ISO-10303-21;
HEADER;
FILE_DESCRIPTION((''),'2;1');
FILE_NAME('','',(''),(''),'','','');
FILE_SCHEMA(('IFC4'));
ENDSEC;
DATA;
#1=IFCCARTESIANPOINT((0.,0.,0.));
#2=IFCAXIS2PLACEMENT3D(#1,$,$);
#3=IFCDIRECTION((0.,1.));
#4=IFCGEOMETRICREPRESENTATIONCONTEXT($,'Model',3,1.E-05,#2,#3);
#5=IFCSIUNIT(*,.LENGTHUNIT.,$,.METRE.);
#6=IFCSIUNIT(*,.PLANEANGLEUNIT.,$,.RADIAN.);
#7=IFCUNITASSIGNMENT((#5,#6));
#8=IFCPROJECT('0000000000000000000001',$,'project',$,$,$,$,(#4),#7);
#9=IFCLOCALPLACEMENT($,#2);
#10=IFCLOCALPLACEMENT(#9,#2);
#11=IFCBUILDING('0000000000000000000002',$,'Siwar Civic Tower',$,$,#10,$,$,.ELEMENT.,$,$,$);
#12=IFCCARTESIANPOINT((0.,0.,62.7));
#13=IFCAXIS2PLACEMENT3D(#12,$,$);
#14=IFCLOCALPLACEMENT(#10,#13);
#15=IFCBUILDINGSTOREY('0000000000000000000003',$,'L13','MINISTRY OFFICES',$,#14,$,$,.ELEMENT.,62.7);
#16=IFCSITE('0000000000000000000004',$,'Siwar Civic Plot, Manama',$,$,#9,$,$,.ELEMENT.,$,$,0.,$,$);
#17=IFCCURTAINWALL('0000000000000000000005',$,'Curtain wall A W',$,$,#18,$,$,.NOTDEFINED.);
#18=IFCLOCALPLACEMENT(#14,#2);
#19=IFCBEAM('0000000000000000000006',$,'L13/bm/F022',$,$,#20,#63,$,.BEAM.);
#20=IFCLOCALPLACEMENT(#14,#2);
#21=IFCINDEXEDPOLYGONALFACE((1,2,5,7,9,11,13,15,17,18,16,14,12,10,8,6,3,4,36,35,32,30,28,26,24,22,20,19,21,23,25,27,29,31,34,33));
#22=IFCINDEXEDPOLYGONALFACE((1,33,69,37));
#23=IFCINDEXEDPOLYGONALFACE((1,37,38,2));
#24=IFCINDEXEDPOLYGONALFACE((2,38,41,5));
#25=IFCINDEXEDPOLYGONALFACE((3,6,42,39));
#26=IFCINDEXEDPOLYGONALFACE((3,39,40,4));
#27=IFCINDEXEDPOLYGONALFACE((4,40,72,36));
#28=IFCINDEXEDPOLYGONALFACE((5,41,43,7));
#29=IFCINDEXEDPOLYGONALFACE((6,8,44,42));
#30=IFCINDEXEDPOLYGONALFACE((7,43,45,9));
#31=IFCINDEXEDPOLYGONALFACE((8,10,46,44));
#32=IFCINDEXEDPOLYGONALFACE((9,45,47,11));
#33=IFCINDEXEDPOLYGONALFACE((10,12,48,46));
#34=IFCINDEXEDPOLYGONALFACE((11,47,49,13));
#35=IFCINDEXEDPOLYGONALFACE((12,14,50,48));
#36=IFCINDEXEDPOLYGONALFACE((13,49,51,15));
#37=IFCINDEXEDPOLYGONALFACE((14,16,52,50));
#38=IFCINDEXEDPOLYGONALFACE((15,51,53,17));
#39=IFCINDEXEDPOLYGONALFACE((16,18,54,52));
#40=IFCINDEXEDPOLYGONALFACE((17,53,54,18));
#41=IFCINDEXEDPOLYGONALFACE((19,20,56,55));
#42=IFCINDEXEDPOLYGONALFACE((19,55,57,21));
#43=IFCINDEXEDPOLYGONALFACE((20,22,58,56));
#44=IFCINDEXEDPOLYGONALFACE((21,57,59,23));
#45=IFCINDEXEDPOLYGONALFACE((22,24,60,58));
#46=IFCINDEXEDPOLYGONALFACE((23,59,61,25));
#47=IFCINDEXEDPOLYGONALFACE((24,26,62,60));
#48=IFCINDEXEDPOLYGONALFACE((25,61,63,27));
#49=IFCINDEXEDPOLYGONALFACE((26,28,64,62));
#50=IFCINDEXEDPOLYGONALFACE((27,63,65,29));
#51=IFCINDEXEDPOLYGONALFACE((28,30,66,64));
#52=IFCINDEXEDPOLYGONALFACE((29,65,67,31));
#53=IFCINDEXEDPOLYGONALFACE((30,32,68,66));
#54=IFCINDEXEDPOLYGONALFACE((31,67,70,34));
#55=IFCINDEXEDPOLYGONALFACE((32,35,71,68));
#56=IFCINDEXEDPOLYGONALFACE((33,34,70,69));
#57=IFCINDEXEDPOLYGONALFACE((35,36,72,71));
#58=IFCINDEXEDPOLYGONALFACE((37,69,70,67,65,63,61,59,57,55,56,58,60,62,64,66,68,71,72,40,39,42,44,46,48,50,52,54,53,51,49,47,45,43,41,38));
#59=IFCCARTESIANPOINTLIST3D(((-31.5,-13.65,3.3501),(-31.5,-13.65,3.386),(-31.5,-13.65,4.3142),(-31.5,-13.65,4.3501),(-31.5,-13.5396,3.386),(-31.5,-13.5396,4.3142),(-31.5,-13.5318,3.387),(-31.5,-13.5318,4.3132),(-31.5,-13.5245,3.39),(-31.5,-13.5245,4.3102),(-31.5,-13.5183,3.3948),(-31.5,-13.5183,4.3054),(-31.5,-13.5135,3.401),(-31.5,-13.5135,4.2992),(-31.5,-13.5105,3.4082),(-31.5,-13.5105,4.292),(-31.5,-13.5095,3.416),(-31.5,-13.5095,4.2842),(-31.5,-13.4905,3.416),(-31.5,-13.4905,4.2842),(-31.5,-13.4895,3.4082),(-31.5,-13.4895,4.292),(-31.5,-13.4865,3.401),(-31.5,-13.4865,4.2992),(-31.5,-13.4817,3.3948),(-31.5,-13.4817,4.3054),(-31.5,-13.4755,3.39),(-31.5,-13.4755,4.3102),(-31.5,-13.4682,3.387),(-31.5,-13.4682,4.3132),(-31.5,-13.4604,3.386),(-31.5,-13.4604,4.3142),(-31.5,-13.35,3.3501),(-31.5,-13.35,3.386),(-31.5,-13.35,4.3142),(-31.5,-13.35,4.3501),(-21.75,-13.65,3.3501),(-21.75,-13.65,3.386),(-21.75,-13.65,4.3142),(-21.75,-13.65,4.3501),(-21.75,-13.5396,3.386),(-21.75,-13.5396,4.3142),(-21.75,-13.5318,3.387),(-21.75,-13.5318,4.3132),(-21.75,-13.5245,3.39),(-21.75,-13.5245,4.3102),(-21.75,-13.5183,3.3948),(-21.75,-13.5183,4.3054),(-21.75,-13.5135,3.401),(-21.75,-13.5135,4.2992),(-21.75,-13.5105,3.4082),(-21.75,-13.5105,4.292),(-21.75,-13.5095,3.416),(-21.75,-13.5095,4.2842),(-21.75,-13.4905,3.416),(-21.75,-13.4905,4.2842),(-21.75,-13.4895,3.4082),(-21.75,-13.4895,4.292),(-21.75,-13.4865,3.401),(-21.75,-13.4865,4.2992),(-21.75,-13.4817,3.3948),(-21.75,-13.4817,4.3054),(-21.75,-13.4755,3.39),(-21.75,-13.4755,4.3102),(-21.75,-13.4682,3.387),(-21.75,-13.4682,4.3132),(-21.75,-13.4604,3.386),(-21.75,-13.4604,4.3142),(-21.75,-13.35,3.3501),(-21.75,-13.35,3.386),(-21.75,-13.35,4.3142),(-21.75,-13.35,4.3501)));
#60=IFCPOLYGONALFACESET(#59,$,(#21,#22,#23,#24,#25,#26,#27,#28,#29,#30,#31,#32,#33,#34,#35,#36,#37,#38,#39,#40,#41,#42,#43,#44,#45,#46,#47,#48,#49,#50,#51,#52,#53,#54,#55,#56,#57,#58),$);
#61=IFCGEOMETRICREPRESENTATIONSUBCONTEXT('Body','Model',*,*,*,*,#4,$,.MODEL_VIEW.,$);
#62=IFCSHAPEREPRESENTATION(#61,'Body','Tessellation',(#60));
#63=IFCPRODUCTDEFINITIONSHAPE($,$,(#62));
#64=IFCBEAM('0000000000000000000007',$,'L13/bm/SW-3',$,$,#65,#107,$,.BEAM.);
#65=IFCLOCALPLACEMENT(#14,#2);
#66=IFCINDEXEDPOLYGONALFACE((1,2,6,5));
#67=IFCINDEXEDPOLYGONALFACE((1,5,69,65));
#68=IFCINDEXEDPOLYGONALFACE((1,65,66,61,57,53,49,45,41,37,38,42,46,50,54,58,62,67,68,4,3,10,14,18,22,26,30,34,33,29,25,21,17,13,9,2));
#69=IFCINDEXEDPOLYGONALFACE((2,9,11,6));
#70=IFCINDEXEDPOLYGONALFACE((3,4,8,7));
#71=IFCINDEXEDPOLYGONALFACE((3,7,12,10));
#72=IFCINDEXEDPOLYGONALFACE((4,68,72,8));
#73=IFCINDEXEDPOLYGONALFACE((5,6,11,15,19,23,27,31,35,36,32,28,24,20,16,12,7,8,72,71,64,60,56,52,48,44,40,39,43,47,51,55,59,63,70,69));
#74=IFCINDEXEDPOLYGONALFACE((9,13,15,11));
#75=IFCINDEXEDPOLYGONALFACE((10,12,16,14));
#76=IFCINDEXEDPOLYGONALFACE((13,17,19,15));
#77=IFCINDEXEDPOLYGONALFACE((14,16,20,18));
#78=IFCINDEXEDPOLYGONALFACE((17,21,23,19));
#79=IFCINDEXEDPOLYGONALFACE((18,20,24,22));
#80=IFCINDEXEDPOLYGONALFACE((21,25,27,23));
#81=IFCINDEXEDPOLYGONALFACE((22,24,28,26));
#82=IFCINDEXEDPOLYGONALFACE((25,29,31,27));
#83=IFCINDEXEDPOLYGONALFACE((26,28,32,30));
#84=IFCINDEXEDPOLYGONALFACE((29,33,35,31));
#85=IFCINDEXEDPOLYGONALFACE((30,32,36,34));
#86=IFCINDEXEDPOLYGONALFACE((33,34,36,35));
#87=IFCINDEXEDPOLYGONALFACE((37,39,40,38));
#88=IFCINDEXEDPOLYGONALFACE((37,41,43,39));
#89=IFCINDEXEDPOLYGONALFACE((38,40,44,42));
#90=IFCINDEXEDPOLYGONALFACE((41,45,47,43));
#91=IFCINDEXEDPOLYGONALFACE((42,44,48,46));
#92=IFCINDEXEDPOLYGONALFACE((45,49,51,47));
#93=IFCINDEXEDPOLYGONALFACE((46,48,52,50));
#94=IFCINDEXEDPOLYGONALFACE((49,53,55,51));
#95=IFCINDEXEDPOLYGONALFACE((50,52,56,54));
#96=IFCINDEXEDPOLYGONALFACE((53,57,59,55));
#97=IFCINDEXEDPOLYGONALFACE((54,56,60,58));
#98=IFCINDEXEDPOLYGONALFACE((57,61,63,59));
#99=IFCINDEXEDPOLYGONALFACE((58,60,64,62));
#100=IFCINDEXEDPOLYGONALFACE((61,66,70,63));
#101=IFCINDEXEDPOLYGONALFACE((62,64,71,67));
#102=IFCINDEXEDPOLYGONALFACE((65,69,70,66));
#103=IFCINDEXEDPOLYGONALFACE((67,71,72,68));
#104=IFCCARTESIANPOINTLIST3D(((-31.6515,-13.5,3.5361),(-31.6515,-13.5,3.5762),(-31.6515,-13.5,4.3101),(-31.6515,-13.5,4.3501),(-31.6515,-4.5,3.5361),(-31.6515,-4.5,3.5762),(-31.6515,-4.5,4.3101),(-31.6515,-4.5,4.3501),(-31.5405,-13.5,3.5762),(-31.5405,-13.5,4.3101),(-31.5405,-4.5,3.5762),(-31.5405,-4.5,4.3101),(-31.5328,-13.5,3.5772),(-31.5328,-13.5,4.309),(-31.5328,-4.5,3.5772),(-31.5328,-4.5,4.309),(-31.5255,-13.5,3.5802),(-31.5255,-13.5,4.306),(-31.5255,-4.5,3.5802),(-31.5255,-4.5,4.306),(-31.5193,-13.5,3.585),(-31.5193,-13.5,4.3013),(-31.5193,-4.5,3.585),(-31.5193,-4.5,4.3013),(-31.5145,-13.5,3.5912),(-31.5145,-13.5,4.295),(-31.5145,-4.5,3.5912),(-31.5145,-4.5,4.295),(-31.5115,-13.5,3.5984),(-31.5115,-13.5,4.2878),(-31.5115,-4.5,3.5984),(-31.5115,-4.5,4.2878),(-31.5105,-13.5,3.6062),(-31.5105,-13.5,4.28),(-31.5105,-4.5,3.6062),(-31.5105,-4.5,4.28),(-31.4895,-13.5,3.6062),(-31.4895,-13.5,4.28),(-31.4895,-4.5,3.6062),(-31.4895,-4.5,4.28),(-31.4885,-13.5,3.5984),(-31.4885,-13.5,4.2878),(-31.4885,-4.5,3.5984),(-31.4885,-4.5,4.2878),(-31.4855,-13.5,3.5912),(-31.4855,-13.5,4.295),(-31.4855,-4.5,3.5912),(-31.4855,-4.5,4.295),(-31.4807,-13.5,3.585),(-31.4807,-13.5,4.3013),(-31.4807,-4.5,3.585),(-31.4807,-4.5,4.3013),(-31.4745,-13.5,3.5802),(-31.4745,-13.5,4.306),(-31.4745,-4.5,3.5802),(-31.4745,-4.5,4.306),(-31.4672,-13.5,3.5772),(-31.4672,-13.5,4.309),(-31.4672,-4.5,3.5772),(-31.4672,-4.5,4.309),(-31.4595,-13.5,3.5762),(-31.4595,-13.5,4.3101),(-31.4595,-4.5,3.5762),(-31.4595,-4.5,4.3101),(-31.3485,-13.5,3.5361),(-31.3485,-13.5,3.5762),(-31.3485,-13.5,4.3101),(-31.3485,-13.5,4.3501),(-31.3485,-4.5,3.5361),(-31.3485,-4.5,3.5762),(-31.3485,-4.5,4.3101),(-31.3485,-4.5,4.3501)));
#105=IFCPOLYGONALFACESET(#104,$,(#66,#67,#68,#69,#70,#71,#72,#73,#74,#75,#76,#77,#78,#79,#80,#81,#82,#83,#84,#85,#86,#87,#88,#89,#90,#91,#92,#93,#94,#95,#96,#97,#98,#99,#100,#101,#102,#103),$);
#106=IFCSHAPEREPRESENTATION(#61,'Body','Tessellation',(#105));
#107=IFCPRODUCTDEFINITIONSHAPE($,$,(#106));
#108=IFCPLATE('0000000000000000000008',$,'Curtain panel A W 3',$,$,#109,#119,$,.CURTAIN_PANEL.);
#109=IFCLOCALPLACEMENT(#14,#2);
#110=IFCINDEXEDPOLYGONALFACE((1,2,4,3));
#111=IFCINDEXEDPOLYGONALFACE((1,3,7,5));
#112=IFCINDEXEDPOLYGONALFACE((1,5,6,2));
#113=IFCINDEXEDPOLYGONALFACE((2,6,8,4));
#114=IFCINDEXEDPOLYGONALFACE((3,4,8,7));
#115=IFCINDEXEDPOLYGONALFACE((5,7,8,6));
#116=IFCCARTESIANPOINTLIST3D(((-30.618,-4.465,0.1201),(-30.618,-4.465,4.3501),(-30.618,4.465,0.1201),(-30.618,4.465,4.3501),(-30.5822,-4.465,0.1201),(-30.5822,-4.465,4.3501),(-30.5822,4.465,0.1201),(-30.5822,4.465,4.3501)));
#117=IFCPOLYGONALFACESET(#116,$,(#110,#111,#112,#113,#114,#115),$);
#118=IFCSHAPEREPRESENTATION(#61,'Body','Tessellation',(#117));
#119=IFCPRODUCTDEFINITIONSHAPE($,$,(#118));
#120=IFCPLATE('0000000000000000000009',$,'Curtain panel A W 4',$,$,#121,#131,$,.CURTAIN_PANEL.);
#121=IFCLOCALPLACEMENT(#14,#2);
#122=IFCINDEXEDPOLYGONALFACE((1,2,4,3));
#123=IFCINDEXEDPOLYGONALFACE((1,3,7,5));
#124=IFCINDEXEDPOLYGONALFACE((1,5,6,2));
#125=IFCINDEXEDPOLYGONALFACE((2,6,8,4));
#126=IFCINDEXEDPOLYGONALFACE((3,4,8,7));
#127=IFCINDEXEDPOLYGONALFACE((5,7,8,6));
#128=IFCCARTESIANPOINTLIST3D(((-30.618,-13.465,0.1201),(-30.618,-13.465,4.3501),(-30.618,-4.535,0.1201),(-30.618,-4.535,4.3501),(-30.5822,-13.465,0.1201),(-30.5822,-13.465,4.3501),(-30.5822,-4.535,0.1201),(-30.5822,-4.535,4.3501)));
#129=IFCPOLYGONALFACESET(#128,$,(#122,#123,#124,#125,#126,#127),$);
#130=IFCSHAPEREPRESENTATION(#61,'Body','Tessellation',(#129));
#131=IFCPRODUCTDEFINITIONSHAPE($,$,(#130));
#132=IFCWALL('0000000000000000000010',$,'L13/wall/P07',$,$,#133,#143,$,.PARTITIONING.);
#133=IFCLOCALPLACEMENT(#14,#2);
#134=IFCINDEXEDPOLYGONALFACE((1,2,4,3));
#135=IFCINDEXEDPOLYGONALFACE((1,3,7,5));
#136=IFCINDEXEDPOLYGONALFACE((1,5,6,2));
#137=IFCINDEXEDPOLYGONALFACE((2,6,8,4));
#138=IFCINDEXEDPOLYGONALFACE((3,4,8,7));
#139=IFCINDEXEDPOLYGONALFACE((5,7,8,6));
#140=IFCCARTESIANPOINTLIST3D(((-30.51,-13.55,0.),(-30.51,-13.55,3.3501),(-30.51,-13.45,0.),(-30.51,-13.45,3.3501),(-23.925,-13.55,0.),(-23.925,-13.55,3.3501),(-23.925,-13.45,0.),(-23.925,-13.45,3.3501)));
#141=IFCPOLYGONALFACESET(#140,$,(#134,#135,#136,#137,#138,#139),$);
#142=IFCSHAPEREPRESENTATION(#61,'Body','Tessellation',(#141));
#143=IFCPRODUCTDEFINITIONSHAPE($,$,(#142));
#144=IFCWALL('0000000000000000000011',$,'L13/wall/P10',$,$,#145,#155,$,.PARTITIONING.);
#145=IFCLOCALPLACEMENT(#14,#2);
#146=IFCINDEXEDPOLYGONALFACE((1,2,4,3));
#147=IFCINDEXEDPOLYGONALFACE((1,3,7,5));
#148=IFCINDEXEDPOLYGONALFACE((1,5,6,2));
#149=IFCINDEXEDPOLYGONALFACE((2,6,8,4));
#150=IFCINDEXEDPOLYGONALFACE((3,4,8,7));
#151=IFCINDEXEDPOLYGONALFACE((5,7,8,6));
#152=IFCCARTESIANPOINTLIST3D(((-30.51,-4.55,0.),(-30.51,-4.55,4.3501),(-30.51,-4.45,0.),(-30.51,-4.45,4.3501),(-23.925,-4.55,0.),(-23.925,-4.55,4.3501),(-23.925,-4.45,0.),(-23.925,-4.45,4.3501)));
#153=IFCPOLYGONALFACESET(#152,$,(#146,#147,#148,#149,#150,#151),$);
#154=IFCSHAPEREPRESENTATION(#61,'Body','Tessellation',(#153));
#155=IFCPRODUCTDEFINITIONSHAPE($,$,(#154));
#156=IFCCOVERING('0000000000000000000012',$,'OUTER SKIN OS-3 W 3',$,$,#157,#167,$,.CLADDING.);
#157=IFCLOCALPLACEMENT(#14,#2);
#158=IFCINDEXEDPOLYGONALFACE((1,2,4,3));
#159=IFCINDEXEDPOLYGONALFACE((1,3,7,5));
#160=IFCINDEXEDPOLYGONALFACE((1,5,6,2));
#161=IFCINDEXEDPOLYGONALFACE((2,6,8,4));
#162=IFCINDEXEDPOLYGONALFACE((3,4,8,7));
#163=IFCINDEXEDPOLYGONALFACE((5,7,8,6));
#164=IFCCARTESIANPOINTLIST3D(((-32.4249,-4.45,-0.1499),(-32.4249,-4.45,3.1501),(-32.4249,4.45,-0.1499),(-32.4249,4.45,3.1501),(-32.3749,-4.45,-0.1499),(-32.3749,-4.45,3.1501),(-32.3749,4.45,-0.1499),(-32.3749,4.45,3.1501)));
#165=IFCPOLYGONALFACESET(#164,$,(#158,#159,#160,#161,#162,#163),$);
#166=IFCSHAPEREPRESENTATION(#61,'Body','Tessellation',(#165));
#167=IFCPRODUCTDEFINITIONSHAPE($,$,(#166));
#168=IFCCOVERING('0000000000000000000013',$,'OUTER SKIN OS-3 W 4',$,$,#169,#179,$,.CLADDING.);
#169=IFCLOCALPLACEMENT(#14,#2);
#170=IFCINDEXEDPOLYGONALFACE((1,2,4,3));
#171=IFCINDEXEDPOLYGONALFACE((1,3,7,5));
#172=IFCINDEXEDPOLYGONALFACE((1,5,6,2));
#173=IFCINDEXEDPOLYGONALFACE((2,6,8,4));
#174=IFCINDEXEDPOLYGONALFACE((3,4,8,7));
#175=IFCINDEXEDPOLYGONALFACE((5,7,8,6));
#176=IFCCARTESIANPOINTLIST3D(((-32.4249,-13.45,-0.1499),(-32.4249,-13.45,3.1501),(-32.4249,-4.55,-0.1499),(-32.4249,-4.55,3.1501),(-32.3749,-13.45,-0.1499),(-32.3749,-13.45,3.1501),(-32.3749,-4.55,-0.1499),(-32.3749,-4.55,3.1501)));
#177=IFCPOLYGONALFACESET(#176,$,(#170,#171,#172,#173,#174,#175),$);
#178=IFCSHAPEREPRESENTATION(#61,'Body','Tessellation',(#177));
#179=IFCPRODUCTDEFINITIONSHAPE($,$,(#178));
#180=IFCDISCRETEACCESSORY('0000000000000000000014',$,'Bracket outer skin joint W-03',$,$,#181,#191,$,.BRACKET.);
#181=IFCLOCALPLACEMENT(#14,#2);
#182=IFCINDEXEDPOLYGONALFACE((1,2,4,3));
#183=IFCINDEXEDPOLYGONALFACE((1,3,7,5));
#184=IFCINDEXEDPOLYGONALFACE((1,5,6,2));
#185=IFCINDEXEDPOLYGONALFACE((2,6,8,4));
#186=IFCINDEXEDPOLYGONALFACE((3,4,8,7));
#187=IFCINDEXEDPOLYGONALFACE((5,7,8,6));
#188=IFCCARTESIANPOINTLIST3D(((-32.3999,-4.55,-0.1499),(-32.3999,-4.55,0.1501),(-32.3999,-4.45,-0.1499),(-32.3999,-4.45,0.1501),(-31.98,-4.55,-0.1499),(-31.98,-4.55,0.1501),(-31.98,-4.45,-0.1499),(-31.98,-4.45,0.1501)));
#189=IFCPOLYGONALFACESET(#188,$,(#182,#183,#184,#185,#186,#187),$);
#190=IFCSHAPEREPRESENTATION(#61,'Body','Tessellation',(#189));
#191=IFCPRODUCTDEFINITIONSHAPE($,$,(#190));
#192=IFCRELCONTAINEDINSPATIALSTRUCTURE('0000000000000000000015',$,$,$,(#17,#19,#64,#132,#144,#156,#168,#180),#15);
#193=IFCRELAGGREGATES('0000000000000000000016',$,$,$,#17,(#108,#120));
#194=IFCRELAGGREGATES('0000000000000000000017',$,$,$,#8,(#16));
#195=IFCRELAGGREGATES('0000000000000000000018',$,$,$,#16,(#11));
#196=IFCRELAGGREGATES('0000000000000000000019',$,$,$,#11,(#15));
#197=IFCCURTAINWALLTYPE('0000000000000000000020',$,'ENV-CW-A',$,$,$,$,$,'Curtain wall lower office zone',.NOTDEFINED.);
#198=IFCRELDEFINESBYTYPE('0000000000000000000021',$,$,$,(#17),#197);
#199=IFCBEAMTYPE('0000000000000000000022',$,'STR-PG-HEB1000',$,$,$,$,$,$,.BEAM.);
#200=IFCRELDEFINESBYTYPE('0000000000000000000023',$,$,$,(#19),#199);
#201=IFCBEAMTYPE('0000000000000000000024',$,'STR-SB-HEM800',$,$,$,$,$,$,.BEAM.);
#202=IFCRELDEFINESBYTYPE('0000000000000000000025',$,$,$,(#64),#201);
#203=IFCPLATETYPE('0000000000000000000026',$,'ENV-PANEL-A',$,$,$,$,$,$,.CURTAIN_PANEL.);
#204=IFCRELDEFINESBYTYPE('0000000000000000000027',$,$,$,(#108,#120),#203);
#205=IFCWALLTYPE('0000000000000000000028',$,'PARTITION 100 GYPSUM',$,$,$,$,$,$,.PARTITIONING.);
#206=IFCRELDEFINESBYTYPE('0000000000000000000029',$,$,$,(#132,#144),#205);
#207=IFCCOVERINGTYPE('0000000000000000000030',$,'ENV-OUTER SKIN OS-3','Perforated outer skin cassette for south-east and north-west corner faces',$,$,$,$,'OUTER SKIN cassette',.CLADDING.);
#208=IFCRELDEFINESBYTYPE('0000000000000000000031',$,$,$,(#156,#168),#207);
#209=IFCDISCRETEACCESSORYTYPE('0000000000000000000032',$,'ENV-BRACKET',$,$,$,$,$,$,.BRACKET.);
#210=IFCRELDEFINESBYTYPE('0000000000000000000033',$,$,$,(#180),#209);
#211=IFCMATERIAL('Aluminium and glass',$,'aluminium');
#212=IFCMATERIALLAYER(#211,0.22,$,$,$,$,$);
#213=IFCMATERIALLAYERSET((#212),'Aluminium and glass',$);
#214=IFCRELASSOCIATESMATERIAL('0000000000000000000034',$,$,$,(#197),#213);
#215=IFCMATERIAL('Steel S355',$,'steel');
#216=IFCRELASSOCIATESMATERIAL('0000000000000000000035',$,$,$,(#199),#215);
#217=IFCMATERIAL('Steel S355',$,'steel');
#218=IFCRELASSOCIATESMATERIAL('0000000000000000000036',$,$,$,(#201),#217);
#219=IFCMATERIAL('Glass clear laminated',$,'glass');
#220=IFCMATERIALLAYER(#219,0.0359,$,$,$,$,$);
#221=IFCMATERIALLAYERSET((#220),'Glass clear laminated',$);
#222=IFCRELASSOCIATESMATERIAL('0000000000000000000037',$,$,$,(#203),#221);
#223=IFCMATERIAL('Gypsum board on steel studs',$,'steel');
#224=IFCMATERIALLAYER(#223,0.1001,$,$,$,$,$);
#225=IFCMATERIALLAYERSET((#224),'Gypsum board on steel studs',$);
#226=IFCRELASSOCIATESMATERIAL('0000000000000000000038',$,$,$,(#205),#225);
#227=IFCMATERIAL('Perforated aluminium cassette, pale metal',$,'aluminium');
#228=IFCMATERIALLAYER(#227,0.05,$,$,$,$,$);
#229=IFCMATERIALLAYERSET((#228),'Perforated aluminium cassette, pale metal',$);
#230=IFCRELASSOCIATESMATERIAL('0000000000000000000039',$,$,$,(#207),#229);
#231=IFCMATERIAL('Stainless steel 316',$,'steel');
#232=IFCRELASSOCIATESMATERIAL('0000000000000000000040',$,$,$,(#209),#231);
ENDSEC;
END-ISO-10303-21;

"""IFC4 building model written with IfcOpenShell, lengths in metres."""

from ifc_helpers import new_model, si_unit, direction, frame, frame_2d, origin, origin_2d, place, context, subcontext, project, spatial, rectangle, i_section, extrude, material, layer, layer_set, material_profile, profile_set, type_object, element, aggregate, save


model = new_model("IFC4")

# Units and contexts
model_context = context("Model", 3, precision=1e-05, world=origin(), true_north=direction((0.0, 1.0)))
body_context = subcontext(model_context, "Body", "Model", "MODEL_VIEW")
ifc_project = project(units=[si_unit("LENGTHUNIT", "METRE"), si_unit("PLANEANGLEUNIT", "RADIAN")], contexts=[model_context])

# Site, building, storey
site_placement = place(None, origin())
site = spatial("IfcSite", under=ifc_project, at=site_placement, Name="Siwar Civic Plot, Manama", CompositionType="ELEMENT", RefElevation=0.0)
building_placement = place(site_placement, origin())
building = spatial("IfcBuilding", under=site, at=building_placement, Name="Siwar Civic Tower", CompositionType="ELEMENT")
storey_placement = place(building_placement, frame((0.0, 0.0, 62.7)))
storey = spatial("IfcBuildingStorey", under=building, at=storey_placement, Name="L13", Description="MINISTRY OFFICES", CompositionType="ELEMENT", Elevation=62.7)

# Curtain wall
ifc_material_1 = material(Name="Aluminium and glass", Category="aluminium")
ifc_layer_1 = layer(ifc_material_1, 0.22)
ifc_layer_set_1 = layer_set([ifc_layer_1], Name="Aluminium and glass")
curtain_wall_type = type_object("IfcCurtainWallType", Name="ENV-CW-A", ElementType="Curtain wall lower office zone", PredefinedType="NOTDEFINED", material=ifc_layer_set_1)
curtain_wall_placement = place(storey_placement, origin())
curtain_wall = element("IfcCurtainWall", 1, at=curtain_wall_placement, inside=storey, type_object=curtain_wall_type, Name="Curtain wall A W", PredefinedType="NOTDEFINED")

# Beams
ifc_material_2 = material(Name="Steel S355", Category="steel")
ifc_material_profile_1 = material_profile(ifc_material_2, i_section(OverallWidth=0.3, OverallDepth=1.0, WebThickness=0.019, FlangeThickness=0.0359, FilletRadius=0.03, at=origin_2d()), Name="HEB1000")
ifc_profile_set_1 = profile_set([ifc_material_profile_1], Name="Steel S355")
beam_type_1 = type_object("IfcBeamType", Name="STR-PG-HEB1000", PredefinedType="BEAM", material=ifc_profile_set_1)
beam_1_placement = place(storey_placement, frame((-31.5, -13.5, 3.8501), z_axis=(1.0, 0.0, 0.0), x_axis=(0.0, 1.0, 0.0)))
element("IfcBeam", 2, at=beam_1_placement, inside=storey, type_object=beam_type_1, Name="L13/bm/F022", PredefinedType="BEAM", context=body_context, shape_type="SweptSolid", body=[
    extrude(i_section(OverallWidth=0.3, OverallDepth=1.0, WebThickness=0.019, FlangeThickness=0.0359, FilletRadius=0.03, at=origin_2d()), origin(), (0.0, 0.0, 1.0), 9.75),
])
ifc_material_3 = material(Name="Steel S355", Category="steel")
ifc_material_profile_2 = material_profile(ifc_material_3, i_section(OverallWidth=0.303, OverallDepth=0.814, WebThickness=0.021, FlangeThickness=0.04, FilletRadius=0.03, at=origin_2d()), Name="HEM800")
ifc_profile_set_2 = profile_set([ifc_material_profile_2], Name="Steel S355")
beam_type_2 = type_object("IfcBeamType", Name="STR-SB-HEM800", PredefinedType="BEAM", material=ifc_profile_set_2)
beam_2_placement = place(storey_placement, frame((-31.5, -4.5, 3.9431), z_axis=(0.0, -1.0, 0.0), x_axis=(1.0, 0.0, 0.0)))
element("IfcBeam", 3, at=beam_2_placement, inside=storey, type_object=beam_type_2, Name="L13/bm/SW-3", PredefinedType="BEAM", context=body_context, shape_type="SweptSolid", body=[
    extrude(i_section(OverallWidth=0.303, OverallDepth=0.814, WebThickness=0.021, FlangeThickness=0.04, FilletRadius=0.03, at=origin_2d()), origin(), (0.0, 0.0, 1.0), 9.0),
])

# Plates
ifc_material_4 = material(Name="Glass clear laminated", Category="glass")
ifc_layer_2 = layer(ifc_material_4, 0.0359)
ifc_layer_set_2 = layer_set([ifc_layer_2], Name="Glass clear laminated")
plate_type = type_object("IfcPlateType", Name="ENV-PANEL-A", PredefinedType="CURTAIN_PANEL", material=ifc_layer_set_2)
plate_1_placement = place(storey_placement, frame((-30.6001, 0.0, 0.1201), z_axis=(0.0, 0.0, 1.0), x_axis=(0.0, -1.0, 0.0)))
plate_1 = element("IfcPlate", 4, at=plate_1_placement, type_object=plate_type, Name="Curtain panel A W 3", PredefinedType="CURTAIN_PANEL", context=body_context, shape_type="SweptSolid", body=[
    extrude(rectangle(XDim=8.9299, YDim=0.0359, at=origin_2d()), origin(), (0.0, 0.0, 1.0), 4.23),
])
plate_2_placement = place(storey_placement, frame((-30.6001, -9.0, 0.1201), z_axis=(0.0, 0.0, 1.0), x_axis=(0.0, -1.0, 0.0)))
plate_2 = element("IfcPlate", 5, at=plate_2_placement, type_object=plate_type, Name="Curtain panel A W 4", PredefinedType="CURTAIN_PANEL", context=body_context, shape_type="SweptSolid", body=[
    extrude(rectangle(XDim=8.9299, YDim=0.0359, at=origin_2d()), origin(), (0.0, 0.0, 1.0), 4.23),
])
aggregate(curtain_wall, [plate_1, plate_2])

# Walls
ifc_material_5 = material(Name="Gypsum board on steel studs", Category="steel")
ifc_layer_3 = layer(ifc_material_5, 0.1001)
ifc_layer_set_3 = layer_set([ifc_layer_3], Name="Gypsum board on steel studs")
wall_type = type_object("IfcWallType", Name="PARTITION 100 GYPSUM", PredefinedType="PARTITIONING", material=ifc_layer_set_3)
wall_1_placement = place(storey_placement, frame((-30.51, -13.5, 0.0), z_axis=(0.0, 0.0, 1.0), x_axis=(1.0, 0.0, 0.0)))
element("IfcWall", 6, at=wall_1_placement, inside=storey, type_object=wall_type, Name="L13/wall/P07", PredefinedType="PARTITIONING", context=body_context, shape_type="SweptSolid", body=[
    extrude(rectangle(XDim=6.585, YDim=0.1001, at=frame_2d((3.2925, 0.0))), origin(), (0.0, 0.0, 1.0), 3.3501),
])
wall_2_placement = place(storey_placement, frame((-30.51, -4.5, 0.0), z_axis=(0.0, 0.0, 1.0), x_axis=(1.0, 0.0, 0.0)))
element("IfcWall", 7, at=wall_2_placement, inside=storey, type_object=wall_type, Name="L13/wall/P10", PredefinedType="PARTITIONING", context=body_context, shape_type="SweptSolid", body=[
    extrude(rectangle(XDim=6.585, YDim=0.1001, at=frame_2d((3.2925, 0.0))), origin(), (0.0, 0.0, 1.0), 4.3501),
])

# Coverings
ifc_material_6 = material(Name="Perforated aluminium cassette, pale metal", Category="aluminium")
ifc_layer_4 = layer(ifc_material_6, 0.05)
ifc_layer_set_4 = layer_set([ifc_layer_4], Name="Perforated aluminium cassette, pale metal")
covering_type = type_object("IfcCoveringType", Name="ENV-OUTER SKIN OS-3", Description="Perforated outer skin cassette for south-east and north-west corner faces", ElementType="OUTER SKIN cassette", PredefinedType="CLADDING", material=ifc_layer_set_4)
for number, where, z_axis, x_axis, name in (
    (8, (-32.3999, 0.0, -0.1499), (0.0, 0.0, 1.0), (0.0, -1.0, 0.0), "OUTER SKIN OS-3 W 3"),
    (9, (-32.3999, -9.0, -0.1499), (0.0, 0.0, 1.0), (0.0, -1.0, 0.0), "OUTER SKIN OS-3 W 4"),
):
    element("IfcCovering", number, at=place(storey_placement, frame(where, z_axis=z_axis, x_axis=x_axis)), inside=storey, type_object=covering_type, Name=name, PredefinedType="CLADDING", context=body_context, shape_type="SweptSolid", body=[
        extrude(rectangle(XDim=8.8999, YDim=0.05, at=origin_2d()), origin(), (0.0, 0.0, 1.0), 3.3),
    ])

# Discrete accessory
ifc_material_7 = material(Name="Stainless steel 316", Category="steel")
discrete_accessory_type = type_object("IfcDiscreteAccessoryType", Name="ENV-BRACKET", PredefinedType="BRACKET", material=ifc_material_7)
discrete_accessory_placement = place(storey_placement, frame((-32.1899, -4.5, -0.1499), z_axis=(0.0, 0.0, 1.0), x_axis=(-1.0, 0.0, 0.0)))
element("IfcDiscreteAccessory", 10, at=discrete_accessory_placement, inside=storey, type_object=discrete_accessory_type, Name="Bracket outer skin joint W-03", PredefinedType="BRACKET", context=body_context, shape_type="SweptSolid", body=[
    extrude(rectangle(XDim=0.4199, YDim=0.1001, at=origin_2d()), origin(), (0.0, 0.0, 1.0), 0.3),
])

save(model, "model.ifc")
